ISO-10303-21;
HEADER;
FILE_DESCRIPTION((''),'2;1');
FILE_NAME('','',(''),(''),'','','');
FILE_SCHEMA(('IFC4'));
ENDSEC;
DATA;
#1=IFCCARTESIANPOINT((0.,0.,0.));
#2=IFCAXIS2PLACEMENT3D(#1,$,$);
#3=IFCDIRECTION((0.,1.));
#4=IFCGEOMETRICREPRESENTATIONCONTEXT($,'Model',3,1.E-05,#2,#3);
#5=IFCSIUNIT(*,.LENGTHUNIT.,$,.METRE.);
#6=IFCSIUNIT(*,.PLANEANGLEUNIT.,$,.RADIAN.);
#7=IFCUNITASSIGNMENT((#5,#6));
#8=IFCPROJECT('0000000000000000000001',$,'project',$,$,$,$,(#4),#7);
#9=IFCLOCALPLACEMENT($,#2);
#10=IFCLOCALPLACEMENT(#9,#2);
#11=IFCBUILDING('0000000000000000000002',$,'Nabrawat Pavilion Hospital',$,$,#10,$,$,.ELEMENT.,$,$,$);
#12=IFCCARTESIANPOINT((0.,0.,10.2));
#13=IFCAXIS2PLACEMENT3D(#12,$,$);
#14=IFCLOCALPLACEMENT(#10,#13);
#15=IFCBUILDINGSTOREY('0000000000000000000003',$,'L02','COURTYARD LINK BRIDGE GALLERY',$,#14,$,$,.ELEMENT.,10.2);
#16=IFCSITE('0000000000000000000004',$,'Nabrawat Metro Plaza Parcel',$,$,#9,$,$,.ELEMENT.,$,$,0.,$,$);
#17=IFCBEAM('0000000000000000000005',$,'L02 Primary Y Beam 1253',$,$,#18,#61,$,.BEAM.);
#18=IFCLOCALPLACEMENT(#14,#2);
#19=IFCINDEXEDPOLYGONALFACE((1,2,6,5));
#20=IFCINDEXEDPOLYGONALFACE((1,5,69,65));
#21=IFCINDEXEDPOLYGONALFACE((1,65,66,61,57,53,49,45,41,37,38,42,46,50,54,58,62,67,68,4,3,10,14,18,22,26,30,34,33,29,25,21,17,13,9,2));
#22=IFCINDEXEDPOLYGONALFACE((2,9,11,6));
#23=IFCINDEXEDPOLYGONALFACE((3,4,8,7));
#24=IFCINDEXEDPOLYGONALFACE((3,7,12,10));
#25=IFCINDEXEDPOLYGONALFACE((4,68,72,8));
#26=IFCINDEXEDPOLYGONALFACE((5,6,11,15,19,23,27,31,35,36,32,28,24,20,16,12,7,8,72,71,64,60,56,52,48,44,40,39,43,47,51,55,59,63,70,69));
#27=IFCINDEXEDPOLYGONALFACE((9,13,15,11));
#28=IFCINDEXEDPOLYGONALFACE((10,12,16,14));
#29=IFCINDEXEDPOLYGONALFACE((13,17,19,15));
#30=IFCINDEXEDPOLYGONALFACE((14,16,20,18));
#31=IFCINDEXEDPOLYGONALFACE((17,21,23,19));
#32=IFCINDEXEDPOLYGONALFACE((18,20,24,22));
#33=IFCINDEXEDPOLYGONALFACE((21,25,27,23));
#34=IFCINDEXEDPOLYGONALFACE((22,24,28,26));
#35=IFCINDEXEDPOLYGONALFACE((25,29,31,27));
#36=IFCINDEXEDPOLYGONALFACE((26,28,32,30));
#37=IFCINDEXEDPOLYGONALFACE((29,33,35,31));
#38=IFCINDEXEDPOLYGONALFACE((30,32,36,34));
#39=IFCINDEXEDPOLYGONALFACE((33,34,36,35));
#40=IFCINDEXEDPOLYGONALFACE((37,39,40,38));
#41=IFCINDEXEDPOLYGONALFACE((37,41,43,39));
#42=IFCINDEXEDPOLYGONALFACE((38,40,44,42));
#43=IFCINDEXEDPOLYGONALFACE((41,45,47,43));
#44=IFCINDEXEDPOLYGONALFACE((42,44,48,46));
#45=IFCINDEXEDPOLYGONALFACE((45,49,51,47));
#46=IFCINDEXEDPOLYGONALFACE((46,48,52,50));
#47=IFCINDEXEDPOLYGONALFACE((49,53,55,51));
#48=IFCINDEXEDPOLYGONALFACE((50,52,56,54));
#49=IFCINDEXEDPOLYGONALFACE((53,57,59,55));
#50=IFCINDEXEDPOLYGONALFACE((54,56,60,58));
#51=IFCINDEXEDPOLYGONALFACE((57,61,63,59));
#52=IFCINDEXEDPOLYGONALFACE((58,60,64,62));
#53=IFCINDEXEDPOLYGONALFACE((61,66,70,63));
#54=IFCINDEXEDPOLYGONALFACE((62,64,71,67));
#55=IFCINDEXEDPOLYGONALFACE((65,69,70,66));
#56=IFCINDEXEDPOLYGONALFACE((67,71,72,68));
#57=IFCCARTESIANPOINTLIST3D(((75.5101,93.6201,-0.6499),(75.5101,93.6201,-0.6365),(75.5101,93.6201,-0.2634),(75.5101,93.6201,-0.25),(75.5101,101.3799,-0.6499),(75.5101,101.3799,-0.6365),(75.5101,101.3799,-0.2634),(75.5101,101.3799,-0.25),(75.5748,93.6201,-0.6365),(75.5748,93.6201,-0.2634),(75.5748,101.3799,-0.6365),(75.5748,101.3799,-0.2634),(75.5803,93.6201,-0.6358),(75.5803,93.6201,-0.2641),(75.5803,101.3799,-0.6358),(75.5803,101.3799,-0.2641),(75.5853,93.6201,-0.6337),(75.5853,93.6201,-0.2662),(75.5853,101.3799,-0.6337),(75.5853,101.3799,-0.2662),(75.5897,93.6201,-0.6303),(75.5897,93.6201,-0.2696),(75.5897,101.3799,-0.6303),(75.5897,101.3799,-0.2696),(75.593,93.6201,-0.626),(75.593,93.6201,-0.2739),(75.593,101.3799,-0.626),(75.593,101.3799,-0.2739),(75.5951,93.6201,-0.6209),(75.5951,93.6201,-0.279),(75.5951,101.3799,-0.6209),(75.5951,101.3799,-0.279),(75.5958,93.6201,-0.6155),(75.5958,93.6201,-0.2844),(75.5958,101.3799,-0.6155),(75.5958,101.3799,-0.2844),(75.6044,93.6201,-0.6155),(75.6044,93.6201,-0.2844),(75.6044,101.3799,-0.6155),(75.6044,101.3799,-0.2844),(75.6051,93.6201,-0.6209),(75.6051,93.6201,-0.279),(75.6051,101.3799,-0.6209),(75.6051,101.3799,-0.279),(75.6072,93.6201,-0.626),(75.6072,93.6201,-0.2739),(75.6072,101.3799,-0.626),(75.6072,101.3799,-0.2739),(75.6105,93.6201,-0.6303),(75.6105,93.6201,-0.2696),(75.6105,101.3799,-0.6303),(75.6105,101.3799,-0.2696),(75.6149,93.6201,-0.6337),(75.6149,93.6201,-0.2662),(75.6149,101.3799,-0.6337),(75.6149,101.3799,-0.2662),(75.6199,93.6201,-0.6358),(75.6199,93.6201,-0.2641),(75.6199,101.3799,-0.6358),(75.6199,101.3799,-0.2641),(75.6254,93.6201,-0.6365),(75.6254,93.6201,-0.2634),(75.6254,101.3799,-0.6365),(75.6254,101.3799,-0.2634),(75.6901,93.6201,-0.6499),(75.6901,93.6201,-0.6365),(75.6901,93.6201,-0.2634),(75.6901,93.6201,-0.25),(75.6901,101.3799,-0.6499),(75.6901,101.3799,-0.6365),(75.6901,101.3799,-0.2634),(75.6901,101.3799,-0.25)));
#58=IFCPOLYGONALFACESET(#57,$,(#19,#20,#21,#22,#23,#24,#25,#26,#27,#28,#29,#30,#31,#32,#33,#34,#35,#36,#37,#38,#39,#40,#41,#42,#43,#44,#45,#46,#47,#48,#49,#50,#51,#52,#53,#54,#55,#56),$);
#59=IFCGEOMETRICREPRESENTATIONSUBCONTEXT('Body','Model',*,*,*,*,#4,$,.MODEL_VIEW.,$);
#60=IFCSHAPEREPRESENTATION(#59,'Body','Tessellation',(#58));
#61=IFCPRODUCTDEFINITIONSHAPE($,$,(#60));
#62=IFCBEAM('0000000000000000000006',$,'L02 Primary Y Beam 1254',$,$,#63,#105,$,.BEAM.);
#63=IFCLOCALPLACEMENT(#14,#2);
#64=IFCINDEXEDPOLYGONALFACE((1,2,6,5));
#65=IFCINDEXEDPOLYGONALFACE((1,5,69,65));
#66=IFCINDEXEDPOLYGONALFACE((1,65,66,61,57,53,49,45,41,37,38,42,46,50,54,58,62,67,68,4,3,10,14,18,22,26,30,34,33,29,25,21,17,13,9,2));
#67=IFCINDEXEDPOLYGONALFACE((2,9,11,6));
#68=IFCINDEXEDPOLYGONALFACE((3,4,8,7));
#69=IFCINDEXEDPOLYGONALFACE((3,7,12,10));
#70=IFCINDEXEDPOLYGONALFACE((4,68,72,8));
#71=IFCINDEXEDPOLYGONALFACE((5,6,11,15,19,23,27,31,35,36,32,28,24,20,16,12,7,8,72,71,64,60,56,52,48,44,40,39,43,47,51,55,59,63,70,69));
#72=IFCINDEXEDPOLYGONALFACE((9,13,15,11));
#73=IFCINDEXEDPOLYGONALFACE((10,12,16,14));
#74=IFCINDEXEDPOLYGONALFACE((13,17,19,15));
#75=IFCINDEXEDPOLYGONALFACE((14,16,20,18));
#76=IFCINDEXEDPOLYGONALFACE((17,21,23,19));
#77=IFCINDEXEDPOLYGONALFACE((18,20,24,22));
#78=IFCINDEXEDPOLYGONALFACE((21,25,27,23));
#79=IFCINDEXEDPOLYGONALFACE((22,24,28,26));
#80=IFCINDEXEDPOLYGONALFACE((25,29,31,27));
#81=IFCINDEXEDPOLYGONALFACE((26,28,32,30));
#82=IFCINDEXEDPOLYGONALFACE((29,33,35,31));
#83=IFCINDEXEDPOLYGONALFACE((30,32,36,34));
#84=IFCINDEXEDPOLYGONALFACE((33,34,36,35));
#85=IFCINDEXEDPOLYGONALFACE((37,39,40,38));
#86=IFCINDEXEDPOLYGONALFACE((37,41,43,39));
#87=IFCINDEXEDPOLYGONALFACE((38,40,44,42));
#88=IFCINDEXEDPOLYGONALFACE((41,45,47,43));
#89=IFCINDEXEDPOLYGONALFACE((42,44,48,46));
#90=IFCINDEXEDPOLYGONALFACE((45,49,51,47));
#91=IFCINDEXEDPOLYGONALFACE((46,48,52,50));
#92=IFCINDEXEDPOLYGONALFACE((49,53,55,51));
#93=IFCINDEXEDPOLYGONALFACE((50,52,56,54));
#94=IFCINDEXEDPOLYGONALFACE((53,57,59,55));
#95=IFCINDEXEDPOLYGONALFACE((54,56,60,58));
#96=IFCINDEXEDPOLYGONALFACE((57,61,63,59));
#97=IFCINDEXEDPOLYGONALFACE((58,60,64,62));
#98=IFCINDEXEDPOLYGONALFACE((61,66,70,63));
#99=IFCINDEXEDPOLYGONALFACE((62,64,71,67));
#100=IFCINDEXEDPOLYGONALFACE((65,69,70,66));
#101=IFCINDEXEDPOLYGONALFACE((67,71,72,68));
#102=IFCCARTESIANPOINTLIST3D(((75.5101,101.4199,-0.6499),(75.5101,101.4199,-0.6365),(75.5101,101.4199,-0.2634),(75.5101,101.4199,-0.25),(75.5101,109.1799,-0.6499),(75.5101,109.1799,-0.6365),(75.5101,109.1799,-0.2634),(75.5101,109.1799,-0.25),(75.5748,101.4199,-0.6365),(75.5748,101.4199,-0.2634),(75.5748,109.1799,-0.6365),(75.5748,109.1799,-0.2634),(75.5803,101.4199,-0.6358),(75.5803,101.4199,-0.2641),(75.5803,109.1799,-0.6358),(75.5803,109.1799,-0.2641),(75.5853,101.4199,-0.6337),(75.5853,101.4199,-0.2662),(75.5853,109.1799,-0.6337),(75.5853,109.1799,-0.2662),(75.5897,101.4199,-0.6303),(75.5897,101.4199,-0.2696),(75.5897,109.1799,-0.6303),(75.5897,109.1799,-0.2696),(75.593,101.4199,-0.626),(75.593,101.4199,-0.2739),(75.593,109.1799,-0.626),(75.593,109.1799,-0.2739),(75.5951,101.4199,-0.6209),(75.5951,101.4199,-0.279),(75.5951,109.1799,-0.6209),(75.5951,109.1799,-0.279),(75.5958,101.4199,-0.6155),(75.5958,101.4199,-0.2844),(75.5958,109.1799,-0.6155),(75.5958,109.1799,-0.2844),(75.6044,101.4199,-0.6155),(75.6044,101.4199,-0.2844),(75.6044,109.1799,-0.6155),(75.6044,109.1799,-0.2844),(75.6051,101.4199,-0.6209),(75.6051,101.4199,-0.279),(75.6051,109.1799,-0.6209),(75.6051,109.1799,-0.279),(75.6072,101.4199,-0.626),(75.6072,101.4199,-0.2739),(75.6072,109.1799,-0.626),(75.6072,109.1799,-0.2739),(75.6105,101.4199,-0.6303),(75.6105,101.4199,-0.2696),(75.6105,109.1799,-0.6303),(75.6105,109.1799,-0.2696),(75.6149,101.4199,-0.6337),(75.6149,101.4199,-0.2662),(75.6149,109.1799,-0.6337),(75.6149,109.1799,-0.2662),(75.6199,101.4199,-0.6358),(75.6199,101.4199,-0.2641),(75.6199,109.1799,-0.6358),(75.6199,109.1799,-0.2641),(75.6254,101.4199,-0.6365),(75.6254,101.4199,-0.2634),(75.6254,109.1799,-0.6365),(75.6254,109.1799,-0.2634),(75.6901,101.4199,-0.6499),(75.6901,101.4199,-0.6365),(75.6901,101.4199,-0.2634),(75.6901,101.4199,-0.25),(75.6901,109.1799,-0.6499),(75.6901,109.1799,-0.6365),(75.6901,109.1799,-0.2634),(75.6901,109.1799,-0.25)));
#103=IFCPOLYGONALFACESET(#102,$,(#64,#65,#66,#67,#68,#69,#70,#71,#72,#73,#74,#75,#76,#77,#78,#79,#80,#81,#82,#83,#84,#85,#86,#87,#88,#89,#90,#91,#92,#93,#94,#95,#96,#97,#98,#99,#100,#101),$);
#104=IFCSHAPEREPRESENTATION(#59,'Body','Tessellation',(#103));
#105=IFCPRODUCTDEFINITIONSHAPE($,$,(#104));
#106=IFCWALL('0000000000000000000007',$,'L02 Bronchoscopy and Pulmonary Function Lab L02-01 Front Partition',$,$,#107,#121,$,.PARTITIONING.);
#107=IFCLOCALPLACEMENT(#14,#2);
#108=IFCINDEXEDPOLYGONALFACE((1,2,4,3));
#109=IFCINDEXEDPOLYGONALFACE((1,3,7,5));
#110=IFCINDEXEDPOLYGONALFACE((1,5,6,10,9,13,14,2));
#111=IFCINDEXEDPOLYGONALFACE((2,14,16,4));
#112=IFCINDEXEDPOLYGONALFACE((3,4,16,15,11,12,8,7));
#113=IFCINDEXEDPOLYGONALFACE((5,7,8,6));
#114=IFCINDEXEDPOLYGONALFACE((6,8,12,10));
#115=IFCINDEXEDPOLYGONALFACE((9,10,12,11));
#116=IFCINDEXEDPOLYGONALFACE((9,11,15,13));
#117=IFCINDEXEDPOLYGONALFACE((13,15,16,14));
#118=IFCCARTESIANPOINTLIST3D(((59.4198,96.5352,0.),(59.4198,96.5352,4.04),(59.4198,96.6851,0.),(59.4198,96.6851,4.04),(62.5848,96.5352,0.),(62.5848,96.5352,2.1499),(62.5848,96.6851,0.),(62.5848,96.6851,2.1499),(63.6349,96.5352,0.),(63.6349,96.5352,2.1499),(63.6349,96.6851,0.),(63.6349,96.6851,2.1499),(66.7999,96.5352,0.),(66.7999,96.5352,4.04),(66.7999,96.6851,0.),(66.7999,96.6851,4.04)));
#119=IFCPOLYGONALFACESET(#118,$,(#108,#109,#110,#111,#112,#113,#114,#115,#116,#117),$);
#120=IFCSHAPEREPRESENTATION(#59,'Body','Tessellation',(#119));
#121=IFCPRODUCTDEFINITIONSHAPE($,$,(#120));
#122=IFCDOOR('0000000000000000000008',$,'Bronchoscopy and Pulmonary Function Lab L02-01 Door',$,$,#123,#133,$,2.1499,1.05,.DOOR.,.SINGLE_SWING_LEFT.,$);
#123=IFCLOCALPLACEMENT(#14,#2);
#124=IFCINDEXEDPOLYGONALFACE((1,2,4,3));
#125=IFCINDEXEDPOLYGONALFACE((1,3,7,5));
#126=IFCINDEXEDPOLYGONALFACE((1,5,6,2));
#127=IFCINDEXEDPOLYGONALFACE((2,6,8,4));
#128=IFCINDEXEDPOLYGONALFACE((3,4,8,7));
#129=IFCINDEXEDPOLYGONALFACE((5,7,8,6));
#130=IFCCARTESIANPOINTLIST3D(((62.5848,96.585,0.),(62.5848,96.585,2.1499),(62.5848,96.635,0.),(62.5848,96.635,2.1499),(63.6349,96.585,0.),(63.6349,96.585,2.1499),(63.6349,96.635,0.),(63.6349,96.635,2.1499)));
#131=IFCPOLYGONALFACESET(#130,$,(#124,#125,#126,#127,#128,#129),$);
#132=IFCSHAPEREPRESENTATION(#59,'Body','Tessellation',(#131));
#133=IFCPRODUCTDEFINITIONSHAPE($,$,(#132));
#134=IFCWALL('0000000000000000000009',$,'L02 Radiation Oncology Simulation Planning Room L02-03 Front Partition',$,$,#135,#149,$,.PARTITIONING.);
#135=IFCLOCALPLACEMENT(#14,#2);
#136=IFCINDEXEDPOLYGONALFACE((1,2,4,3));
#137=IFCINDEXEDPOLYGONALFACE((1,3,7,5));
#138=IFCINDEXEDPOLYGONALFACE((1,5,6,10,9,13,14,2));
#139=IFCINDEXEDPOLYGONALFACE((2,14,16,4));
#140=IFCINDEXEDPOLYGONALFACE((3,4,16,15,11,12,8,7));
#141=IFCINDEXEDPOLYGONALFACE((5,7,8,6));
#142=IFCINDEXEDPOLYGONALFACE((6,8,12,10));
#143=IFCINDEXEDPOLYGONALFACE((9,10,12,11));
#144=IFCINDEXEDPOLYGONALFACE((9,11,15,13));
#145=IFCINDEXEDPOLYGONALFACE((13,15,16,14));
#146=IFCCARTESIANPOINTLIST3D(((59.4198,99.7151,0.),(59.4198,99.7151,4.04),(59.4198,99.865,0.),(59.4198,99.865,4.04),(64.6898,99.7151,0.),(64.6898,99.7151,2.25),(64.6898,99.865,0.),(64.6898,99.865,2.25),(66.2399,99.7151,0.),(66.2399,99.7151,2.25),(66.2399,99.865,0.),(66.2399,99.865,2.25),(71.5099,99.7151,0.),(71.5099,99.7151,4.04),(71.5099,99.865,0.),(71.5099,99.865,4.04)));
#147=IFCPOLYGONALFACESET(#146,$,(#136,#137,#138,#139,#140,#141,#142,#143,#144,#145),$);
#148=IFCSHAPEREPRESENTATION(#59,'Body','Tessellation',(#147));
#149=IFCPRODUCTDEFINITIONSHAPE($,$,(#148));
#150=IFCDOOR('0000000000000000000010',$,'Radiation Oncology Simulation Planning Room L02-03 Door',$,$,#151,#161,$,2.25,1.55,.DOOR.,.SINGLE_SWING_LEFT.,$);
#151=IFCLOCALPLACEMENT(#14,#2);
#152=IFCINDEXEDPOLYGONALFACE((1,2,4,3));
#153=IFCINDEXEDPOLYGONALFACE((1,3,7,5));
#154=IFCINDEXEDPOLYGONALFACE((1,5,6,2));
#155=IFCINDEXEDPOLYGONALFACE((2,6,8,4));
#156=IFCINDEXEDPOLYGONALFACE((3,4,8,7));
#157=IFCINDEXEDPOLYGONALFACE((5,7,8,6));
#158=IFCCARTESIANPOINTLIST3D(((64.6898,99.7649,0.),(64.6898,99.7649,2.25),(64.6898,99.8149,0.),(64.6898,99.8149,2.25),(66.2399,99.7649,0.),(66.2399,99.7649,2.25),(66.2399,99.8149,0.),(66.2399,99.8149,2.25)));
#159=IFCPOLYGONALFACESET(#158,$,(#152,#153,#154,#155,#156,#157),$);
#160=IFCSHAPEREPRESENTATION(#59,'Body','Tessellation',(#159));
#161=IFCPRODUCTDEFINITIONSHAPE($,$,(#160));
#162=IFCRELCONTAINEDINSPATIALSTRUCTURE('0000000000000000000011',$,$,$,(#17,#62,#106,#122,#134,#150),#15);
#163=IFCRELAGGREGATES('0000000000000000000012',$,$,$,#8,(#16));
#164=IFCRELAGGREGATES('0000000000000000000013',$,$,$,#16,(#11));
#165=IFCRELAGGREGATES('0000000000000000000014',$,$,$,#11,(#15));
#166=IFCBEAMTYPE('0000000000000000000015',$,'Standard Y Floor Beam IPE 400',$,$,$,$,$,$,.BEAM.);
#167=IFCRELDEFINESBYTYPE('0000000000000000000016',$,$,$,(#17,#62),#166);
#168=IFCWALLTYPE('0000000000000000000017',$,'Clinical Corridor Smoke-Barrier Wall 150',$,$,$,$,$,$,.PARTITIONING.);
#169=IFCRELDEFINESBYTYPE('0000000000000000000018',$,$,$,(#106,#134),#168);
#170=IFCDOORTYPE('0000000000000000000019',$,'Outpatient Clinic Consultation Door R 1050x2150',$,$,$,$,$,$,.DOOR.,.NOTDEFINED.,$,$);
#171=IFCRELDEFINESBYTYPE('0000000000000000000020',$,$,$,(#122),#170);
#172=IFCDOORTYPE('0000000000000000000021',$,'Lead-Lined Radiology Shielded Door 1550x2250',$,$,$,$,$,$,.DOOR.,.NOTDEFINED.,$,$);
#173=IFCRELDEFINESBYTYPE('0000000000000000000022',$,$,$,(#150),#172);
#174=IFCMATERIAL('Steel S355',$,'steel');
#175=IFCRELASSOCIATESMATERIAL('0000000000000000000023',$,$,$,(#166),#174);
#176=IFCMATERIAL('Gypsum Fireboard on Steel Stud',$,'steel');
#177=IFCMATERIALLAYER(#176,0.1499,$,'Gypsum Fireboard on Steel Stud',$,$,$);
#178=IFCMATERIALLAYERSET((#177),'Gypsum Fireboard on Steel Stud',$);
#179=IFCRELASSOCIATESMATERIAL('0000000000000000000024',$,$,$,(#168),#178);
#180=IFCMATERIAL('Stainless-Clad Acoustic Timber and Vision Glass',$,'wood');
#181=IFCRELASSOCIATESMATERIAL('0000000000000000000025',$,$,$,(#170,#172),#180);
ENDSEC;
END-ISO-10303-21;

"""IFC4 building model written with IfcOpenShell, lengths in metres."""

from ifc_helpers import new_model, si_unit, direction, frame, frame_2d, origin, origin_2d, place, context, subcontext, project, spatial, rectangle, i_section, extrude, material, layer, layer_set, material_profile, profile_set, type_object, element, fill, save


model = new_model("IFC4")

# Units and contexts
model_context = context("Model", 3, precision=1e-05, world=origin(), true_north=direction((0.0, 1.0)))
body_context = subcontext(model_context, "Body", "Model", "MODEL_VIEW")
ifc_project = project(units=[si_unit("LENGTHUNIT", "METRE"), si_unit("PLANEANGLEUNIT", "RADIAN")], contexts=[model_context])

# Site, building, storey
site_placement = place(None, origin())
site = spatial("IfcSite", under=ifc_project, at=site_placement, Name="Nabrawat Metro Plaza Parcel", CompositionType="ELEMENT", RefElevation=0.0)
building_placement = place(site_placement, origin())
building = spatial("IfcBuilding", under=site, at=building_placement, Name="Nabrawat Pavilion Hospital", CompositionType="ELEMENT")
storey_placement = place(building_placement, frame((0.0, 0.0, 10.2)))
storey = spatial("IfcBuildingStorey", under=building, at=storey_placement, Name="L02", Description="COURTYARD LINK BRIDGE GALLERY", CompositionType="ELEMENT", Elevation=10.2)

# Shared definitions
ifc_material_1 = material(Name="Steel S355", Category="steel")

# Beams
ifc_material_profile_1 = material_profile(ifc_material_1, i_section(OverallWidth=0.1799, OverallDepth=0.3999, WebThickness=0.0085, FlangeThickness=0.0134, FilletRadius=0.021, at=origin_2d()), Name="IPE 400")
ifc_profile_set_1 = profile_set([ifc_material_profile_1], Name="Steel S355")
beam_type_1 = type_object("IfcBeamType", Name="Standard Y Floor Beam IPE 400", PredefinedType="BEAM", material=ifc_profile_set_1)
beam_1_placement = place(storey_placement, frame((75.6001, 93.6201, -0.45), z_axis=(0.0, 1.0, 0.0), x_axis=(-1.0, 0.0, 0.0)))
element("IfcBeam", 1, at=beam_1_placement, inside=storey, type_object=beam_type_1, Name="L02 Primary Y Beam 1253", PredefinedType="BEAM", context=body_context, shape_type="SweptSolid", body=[
    extrude(i_section(OverallWidth=0.1799, OverallDepth=0.3999, WebThickness=0.0085, FlangeThickness=0.0134, FilletRadius=0.021, at=origin_2d()), origin(), (0.0, 0.0, 1.0), 7.7598),
])
beam_2_placement = place(storey_placement, frame((75.6001, 101.4199, -0.45), z_axis=(0.0, 1.0, 0.0), x_axis=(-1.0, 0.0, 0.0)))
element("IfcBeam", 2, at=beam_2_placement, inside=storey, type_object=beam_type_1, Name="L02 Primary Y Beam 1254", PredefinedType="BEAM", context=body_context, shape_type="SweptSolid", body=[
    extrude(i_section(OverallWidth=0.1799, OverallDepth=0.3999, WebThickness=0.0085, FlangeThickness=0.0134, FilletRadius=0.021, at=origin_2d()), origin(), (0.0, 0.0, 1.0), 7.76),
])

# Walls, openings, doors
ifc_material_2 = material(Name="Gypsum Fireboard on Steel Stud", Category="steel")
ifc_layer_1 = layer(ifc_material_2, 0.1499, Name="Gypsum Fireboard on Steel Stud")
ifc_layer_set_1 = layer_set([ifc_layer_1], Name="Gypsum Fireboard on Steel Stud")
wall_type_1 = type_object("IfcWallType", Name="Clinical Corridor Smoke-Barrier Wall 150", PredefinedType="PARTITIONING", material=ifc_layer_set_1)
wall_1_placement = place(storey_placement, frame((59.4199, 96.6101, 0.0), z_axis=(0.0, 0.0, 1.0), x_axis=(1.0, 0.0, 0.0)))
wall_1 = element("IfcWall", 3, at=wall_1_placement, inside=storey, type_object=wall_type_1, Name="L02 Bronchoscopy and Pulmonary Function Lab L02-01 Front Partition", PredefinedType="PARTITIONING", context=body_context, shape_type="SweptSolid", body=[
    extrude(rectangle(XDim=7.3801, YDim=0.1499, at=frame_2d((3.6899, 0.0))), origin(), (0.0, 0.0, 1.0), 4.04),
])
opening_1_placement = place(wall_1_placement, frame((3.165, 0.0, 0.0)))
opening_1 = element("IfcOpeningElement", 4, at=opening_1_placement, cuts=wall_1, PredefinedType="OPENING", context=body_context, shape_type="SweptSolid", body=[
    extrude(rectangle(XDim=1.05, YDim=2.1499, at=frame_2d((0.5249, 1.075))), frame((0.0, 0.085, 0.0), z_axis=(0.0, -1.0, 0.0), x_axis=(1.0, 0.0, 0.0)), (0.0, 0.0, 1.0), 0.1699),
])
ifc_material_3 = material(Name="Stainless-Clad Acoustic Timber and Vision Glass", Category="wood")
door_type_1 = type_object("IfcDoorType", Name="Outpatient Clinic Consultation Door R 1050x2150", OperationType="NOTDEFINED", PredefinedType="DOOR", material=ifc_material_3)
door_1_placement = place(opening_1_placement, origin())
door_1 = element("IfcDoor", 5, at=door_1_placement, inside=storey, type_object=door_type_1, Name="Bronchoscopy and Pulmonary Function Lab L02-01 Door", OperationType="SINGLE_SWING_LEFT", OverallHeight=2.1499, OverallWidth=1.05, PredefinedType="DOOR", context=body_context, shape_type="SweptSolid", body=[
    extrude(rectangle(XDim=1.05, YDim=2.1499, at=frame_2d((0.5249, 1.075))), frame((0.0, 0.0249, 0.0), z_axis=(0.0, -1.0, 0.0), x_axis=(1.0, 0.0, 0.0)), (0.0, 0.0, 1.0), 0.05),
])
fill(opening_1, door_1)
wall_2_placement = place(storey_placement, frame((59.4199, 99.79, 0.0), z_axis=(0.0, 0.0, 1.0), x_axis=(1.0, 0.0, 0.0)))
wall_2 = element("IfcWall", 6, at=wall_2_placement, inside=storey, type_object=wall_type_1, Name="L02 Radiation Oncology Simulation Planning Room L02-03 Front Partition", PredefinedType="PARTITIONING", context=body_context, shape_type="SweptSolid", body=[
    extrude(rectangle(XDim=12.0901, YDim=0.1499, at=frame_2d((6.0449, 0.0))), origin(), (0.0, 0.0, 1.0), 4.04),
])
opening_2_placement = place(wall_2_placement, frame((5.27, 0.0, 0.0)))
opening_2 = element("IfcOpeningElement", 7, at=opening_2_placement, cuts=wall_2, PredefinedType="OPENING", context=body_context, shape_type="SweptSolid", body=[
    extrude(rectangle(XDim=1.55, YDim=2.25, at=frame_2d((0.7749, 1.125))), frame((0.0, 0.085, 0.0), z_axis=(0.0, -1.0, 0.0), x_axis=(1.0, 0.0, 0.0)), (0.0, 0.0, 1.0), 0.1699),
])
door_type_2 = type_object("IfcDoorType", Name="Lead-Lined Radiology Shielded Door 1550x2250", OperationType="NOTDEFINED", PredefinedType="DOOR", material=ifc_material_3)
door_2_placement = place(opening_2_placement, origin())
door_2 = element("IfcDoor", 8, at=door_2_placement, inside=storey, type_object=door_type_2, Name="Radiation Oncology Simulation Planning Room L02-03 Door", OperationType="SINGLE_SWING_LEFT", OverallHeight=2.25, OverallWidth=1.55, PredefinedType="DOOR", context=body_context, shape_type="SweptSolid", body=[
    extrude(rectangle(XDim=1.55, YDim=2.25, at=frame_2d((0.7749, 1.125))), frame((0.0, 0.0249, 0.0), z_axis=(0.0, -1.0, 0.0), x_axis=(1.0, 0.0, 0.0)), (0.0, 0.0, 1.0), 0.05),
])
fill(opening_2, door_2)

save(model, "model.ifc")
